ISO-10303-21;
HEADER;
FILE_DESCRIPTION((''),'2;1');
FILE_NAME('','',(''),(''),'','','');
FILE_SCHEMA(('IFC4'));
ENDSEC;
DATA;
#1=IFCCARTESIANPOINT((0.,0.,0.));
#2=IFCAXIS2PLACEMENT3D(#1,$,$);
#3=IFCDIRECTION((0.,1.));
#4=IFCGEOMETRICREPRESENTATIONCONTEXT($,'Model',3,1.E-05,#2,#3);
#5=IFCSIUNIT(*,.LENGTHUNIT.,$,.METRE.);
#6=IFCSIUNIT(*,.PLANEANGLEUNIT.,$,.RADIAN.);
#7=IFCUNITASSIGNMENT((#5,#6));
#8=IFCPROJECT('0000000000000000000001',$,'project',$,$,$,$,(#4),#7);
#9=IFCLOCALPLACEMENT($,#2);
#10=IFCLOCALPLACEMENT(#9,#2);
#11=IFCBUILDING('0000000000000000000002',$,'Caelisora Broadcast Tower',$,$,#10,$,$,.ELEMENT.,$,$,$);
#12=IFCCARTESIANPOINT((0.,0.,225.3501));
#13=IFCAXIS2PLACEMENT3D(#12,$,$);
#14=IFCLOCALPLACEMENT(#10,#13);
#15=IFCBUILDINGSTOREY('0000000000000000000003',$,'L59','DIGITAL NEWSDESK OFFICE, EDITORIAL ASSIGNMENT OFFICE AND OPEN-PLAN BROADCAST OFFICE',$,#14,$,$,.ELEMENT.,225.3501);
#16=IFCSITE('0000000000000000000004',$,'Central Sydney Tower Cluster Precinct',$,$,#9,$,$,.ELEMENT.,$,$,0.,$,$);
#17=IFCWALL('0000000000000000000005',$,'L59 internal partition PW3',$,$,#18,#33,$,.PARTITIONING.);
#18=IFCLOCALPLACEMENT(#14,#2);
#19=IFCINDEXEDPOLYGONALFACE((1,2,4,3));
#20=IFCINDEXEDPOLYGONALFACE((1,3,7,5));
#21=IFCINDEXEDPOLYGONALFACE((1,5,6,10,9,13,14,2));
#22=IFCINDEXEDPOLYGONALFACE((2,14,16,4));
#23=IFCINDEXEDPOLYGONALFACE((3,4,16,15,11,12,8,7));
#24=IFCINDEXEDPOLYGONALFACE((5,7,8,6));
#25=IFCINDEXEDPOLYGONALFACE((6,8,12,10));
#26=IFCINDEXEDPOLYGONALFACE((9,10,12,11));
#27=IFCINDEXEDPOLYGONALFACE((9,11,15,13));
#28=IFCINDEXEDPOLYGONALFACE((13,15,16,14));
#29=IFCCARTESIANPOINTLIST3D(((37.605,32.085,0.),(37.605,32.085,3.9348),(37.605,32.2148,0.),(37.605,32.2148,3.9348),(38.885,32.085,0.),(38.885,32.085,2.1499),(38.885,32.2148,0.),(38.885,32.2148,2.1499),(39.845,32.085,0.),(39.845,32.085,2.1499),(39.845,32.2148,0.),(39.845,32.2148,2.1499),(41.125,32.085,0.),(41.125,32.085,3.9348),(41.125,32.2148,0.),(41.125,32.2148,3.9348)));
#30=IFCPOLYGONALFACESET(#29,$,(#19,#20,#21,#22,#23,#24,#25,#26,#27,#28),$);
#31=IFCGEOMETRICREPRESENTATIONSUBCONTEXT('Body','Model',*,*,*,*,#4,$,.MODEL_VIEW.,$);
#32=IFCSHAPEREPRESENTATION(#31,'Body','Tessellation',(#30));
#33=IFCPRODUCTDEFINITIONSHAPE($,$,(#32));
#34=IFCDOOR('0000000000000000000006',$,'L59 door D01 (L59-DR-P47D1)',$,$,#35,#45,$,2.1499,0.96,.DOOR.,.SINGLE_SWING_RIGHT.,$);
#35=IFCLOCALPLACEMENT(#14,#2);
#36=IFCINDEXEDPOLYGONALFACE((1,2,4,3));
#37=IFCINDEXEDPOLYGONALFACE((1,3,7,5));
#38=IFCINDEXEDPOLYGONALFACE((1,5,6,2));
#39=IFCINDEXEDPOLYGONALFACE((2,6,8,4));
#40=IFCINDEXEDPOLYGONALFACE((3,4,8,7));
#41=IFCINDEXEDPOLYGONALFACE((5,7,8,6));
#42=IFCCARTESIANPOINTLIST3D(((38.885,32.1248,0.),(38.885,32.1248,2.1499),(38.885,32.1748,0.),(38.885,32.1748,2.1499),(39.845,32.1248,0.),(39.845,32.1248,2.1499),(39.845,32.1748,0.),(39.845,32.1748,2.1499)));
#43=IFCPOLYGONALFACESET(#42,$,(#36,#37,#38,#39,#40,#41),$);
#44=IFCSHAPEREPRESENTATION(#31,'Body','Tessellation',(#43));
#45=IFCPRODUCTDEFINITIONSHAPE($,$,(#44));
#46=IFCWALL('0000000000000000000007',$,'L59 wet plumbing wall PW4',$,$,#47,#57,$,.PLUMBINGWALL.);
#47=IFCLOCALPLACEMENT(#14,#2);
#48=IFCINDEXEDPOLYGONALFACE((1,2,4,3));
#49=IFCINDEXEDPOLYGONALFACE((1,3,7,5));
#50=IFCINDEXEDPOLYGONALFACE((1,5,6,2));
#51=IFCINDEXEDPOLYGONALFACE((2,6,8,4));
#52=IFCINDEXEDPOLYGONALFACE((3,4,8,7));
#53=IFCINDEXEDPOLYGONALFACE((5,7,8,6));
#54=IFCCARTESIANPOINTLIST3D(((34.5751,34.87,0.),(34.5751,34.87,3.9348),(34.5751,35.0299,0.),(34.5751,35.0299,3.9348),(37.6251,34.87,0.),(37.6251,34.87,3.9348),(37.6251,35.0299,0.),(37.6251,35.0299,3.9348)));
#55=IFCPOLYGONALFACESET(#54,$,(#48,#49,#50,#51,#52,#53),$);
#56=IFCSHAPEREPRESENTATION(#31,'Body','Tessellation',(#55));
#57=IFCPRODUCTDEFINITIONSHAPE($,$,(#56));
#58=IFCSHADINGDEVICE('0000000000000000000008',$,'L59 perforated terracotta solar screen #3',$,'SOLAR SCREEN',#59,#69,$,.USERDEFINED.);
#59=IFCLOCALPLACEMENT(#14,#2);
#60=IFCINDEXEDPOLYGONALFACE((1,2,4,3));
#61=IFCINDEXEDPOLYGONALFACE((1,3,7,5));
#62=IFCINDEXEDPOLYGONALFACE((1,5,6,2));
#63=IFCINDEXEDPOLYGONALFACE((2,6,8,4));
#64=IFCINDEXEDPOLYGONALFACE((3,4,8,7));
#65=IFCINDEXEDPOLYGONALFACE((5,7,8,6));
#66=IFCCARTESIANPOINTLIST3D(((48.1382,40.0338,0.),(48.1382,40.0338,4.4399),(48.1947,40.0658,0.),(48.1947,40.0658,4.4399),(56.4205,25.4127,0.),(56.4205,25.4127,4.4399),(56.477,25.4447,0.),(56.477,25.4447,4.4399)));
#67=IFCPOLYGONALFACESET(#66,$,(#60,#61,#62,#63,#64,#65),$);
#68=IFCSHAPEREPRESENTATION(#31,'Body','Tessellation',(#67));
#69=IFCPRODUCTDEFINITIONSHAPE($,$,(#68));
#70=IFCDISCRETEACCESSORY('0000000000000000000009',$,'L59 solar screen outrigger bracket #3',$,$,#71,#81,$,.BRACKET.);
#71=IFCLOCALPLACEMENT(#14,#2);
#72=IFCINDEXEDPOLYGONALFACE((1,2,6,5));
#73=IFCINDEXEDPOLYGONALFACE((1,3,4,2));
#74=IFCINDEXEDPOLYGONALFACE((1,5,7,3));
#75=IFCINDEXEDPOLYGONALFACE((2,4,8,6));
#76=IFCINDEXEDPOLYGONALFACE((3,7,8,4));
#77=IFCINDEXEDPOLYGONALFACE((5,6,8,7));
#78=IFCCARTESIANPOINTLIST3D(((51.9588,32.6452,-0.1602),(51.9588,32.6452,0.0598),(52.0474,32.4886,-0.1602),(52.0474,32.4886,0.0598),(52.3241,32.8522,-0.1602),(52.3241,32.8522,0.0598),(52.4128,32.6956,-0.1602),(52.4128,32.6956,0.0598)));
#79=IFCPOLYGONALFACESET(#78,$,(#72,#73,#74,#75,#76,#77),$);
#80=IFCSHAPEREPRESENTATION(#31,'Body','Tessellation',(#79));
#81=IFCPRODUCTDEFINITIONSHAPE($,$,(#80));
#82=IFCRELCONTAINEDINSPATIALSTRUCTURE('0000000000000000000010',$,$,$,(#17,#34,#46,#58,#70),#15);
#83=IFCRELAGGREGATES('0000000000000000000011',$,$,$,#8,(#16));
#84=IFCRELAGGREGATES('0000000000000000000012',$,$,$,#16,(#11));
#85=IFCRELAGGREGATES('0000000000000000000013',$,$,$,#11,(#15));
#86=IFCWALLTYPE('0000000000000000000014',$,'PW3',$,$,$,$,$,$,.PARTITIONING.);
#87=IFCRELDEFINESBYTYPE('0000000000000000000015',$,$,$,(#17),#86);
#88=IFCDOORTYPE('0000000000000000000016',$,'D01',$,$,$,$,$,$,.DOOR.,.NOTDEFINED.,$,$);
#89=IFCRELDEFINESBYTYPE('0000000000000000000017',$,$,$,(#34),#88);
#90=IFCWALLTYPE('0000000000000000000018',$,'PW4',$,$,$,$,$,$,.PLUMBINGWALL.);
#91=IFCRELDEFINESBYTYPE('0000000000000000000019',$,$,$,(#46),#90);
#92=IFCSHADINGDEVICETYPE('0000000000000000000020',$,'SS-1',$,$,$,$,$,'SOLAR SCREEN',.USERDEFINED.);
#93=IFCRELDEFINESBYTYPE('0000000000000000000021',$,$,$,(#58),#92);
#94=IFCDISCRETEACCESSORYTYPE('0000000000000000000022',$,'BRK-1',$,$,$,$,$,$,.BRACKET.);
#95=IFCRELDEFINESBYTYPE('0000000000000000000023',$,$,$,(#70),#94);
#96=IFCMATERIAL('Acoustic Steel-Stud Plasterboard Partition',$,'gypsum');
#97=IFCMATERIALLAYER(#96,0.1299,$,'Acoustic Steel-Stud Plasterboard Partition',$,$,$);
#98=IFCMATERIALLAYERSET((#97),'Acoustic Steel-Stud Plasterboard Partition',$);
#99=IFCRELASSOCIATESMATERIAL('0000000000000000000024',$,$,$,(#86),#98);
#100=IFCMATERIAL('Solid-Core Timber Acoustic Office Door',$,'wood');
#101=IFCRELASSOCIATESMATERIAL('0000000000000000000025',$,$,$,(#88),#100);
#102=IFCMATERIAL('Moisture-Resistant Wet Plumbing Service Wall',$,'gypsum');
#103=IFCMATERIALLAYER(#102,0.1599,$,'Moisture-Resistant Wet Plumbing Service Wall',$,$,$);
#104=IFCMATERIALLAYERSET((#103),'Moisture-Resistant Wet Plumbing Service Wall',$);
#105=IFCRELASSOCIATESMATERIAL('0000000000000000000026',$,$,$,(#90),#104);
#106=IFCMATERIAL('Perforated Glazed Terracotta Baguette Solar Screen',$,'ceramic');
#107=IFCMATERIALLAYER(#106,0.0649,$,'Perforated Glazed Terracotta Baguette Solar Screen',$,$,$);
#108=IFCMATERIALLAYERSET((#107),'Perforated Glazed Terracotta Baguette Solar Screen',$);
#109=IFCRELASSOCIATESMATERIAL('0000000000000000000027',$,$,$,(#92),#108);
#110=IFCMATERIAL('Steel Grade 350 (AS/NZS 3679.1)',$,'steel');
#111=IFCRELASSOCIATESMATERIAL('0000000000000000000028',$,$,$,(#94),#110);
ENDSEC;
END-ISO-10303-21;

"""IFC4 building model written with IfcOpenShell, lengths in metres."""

from ifc_helpers import new_model, si_unit, direction, frame, frame_2d, origin, origin_2d, place, context, subcontext, project, spatial, rectangle, extrude, source, transform, mapped, material, layer, layer_set, type_object, type_shapes, element, fill, save


model = new_model("IFC4")

# Units and contexts
model_context = context("Model", 3, precision=1e-05, world=origin(), true_north=direction((0.0, 1.0)))
body_context = subcontext(model_context, "Body", "Model", "MODEL_VIEW")
ifc_project = project(units=[si_unit("LENGTHUNIT", "METRE"), si_unit("PLANEANGLEUNIT", "RADIAN")], contexts=[model_context])

# Site, building, storey
site_placement = place(None, origin())
site = spatial("IfcSite", under=ifc_project, at=site_placement, Name="Central Sydney Tower Cluster Precinct", CompositionType="ELEMENT", RefElevation=0.0)
building_placement = place(site_placement, origin())
building = spatial("IfcBuilding", under=site, at=building_placement, Name="Caelisora Broadcast Tower", CompositionType="ELEMENT")
storey_placement = place(building_placement, frame((0.0, 0.0, 225.3501)))
storey = spatial("IfcBuildingStorey", under=building, at=storey_placement, Name="L59", Description="DIGITAL NEWSDESK OFFICE, EDITORIAL ASSIGNMENT OFFICE AND OPEN-PLAN BROADCAST OFFICE", CompositionType="ELEMENT", Elevation=225.3501)

# Shared definitions
ifc_material_1 = material(Name="Acoustic Steel-Stud Plasterboard Partition", Category="gypsum")
ifc_layer_1 = layer(ifc_material_1, 0.1299, Name="Acoustic Steel-Stud Plasterboard Partition")
ifc_layer_set_1 = layer_set([ifc_layer_1], Name="Acoustic Steel-Stud Plasterboard Partition")
wall_type_1 = type_object("IfcWallType", Name="PW3", PredefinedType="PARTITIONING", material=ifc_layer_set_1)

# Wall, opening, door
ifc_material_2 = material(Name="Solid-Core Timber Acoustic Office Door", Category="wood")
door_type = type_object("IfcDoorType", Name="D01", OperationType="NOTDEFINED", PredefinedType="DOOR", material=ifc_material_2)
wall_1_placement = place(storey_placement, frame((37.605, 32.1499, 0.0), z_axis=(0.0, 0.0, 1.0), x_axis=(1.0, 0.0, 0.0)))
wall_1 = element("IfcWall", 1, at=wall_1_placement, inside=storey, type_object=wall_type_1, Name="L59 internal partition PW3", PredefinedType="PARTITIONING", context=body_context, shape_type="SweptSolid", body=[
    extrude(rectangle(XDim=3.52, YDim=0.1299, at=frame_2d((1.76, 0.0))), origin(), (0.0, 0.0, 1.0), 3.9348),
])
opening_1_placement = place(wall_1_placement, frame((1.28, 0.0, 0.0)))
opening_1 = element("IfcOpeningElement", 2, at=opening_1_placement, cuts=wall_1, PredefinedType="OPENING", context=body_context, shape_type="SweptSolid", body=[
    extrude(rectangle(XDim=0.96, YDim=2.1499, at=frame_2d((0.48, 1.075))), frame((0.0, 0.0769, 0.0), z_axis=(0.0, -1.0, 0.0), x_axis=(1.0, 0.0, 0.0)), (0.0, 0.0, 1.0), 0.1538),
])
door_1_placement = place(opening_1_placement, origin())
door_1 = element("IfcDoor", 3, at=door_1_placement, inside=storey, type_object=door_type, Name="L59 door D01 (L59-DR-P47D1)", OperationType="SINGLE_SWING_RIGHT", OverallHeight=2.1499, OverallWidth=0.96, PredefinedType="DOOR", context=body_context, shape_type="SweptSolid", body=[
    extrude(rectangle(XDim=0.96, YDim=2.1499, at=frame_2d((0.48, 1.075))), frame((0.0, 0.0249, 0.0), z_axis=(0.0, -1.0, 0.0), x_axis=(1.0, 0.0, 0.0)), (0.0, 0.0, 1.0), 0.05),
])
fill(opening_1, door_1)

# Wall
ifc_material_3 = material(Name="Moisture-Resistant Wet Plumbing Service Wall", Category="gypsum")
ifc_layer_2 = layer(ifc_material_3, 0.1599, Name="Moisture-Resistant Wet Plumbing Service Wall")
ifc_layer_set_2 = layer_set([ifc_layer_2], Name="Moisture-Resistant Wet Plumbing Service Wall")
wall_type_2 = type_object("IfcWallType", Name="PW4", PredefinedType="PLUMBINGWALL", material=ifc_layer_set_2)
wall_2_placement = place(storey_placement, frame((37.625, 34.95, 0.0), z_axis=(0.0, 0.0, 1.0), x_axis=(-1.0, 0.0, 0.0)))
element("IfcWall", 4, at=wall_2_placement, inside=storey, type_object=wall_type_2, Name="L59 wet plumbing wall PW4", PredefinedType="PLUMBINGWALL", context=body_context, shape_type="SweptSolid", body=[
    extrude(rectangle(XDim=3.05, YDim=0.1599, at=frame_2d((1.5249, 0.0))), origin(), (0.0, 0.0, 1.0), 3.9348),
])

# Shading device
ifc_material_4 = material(Name="Perforated Glazed Terracotta Baguette Solar Screen", Category="ceramic")
ifc_layer_3 = layer(ifc_material_4, 0.0649, Name="Perforated Glazed Terracotta Baguette Solar Screen")
ifc_layer_set_3 = layer_set([ifc_layer_3], Name="Perforated Glazed Terracotta Baguette Solar Screen")
shading_device_type = type_object("IfcShadingDeviceType", Name="SS-1", ElementType="SOLAR SCREEN", PredefinedType="USERDEFINED", material=ifc_layer_set_3)
shared_shape_1 = source(origin(), body_context, "Body", "SweptSolid", [
    extrude(rectangle(XDim=16.804, YDim=0.0649, at=origin_2d()), origin(), (0.0, 0.0, 1.0), 4.4399),
])
type_shapes(shading_device_type, [shared_shape_1])
shading_device_placement = place(storey_placement, frame((52.3076, 32.7393, 0.0), z_axis=(0.0, 0.0, 1.0), x_axis=(-0.492879, 0.870098, 0.0)))
element("IfcShadingDevice", 5, at=shading_device_placement, inside=storey, type_object=shading_device_type, Name="L59 perforated terracotta solar screen #3", ObjectType="SOLAR SCREEN", PredefinedType="USERDEFINED", context=body_context, shape_type="MappedRepresentation", body=[
    mapped(shared_shape_1, transform((0.0, 0.0, 0.0), scale=1.0)),
])

# Discrete accessory
ifc_material_5 = material(Name="Steel Grade 350 (AS/NZS 3679.1)", Category="steel")
discrete_accessory_type = type_object("IfcDiscreteAccessoryType", Name="BRK-1", PredefinedType="BRACKET", material=ifc_material_5)
shared_shape_2 = source(origin(), body_context, "Body", "SweptSolid", [
    extrude(rectangle(XDim=0.1799, YDim=0.4199, at=origin_2d()), origin(), (0.0, 0.0, 1.0), 0.22),
])
type_shapes(discrete_accessory_type, [shared_shape_2])
discrete_accessory_placement = place(storey_placement, frame((52.1858, 32.6704, -0.1602), z_axis=(0.0, 0.0, 1.0), x_axis=(-0.492879, 0.870098, 0.0)))
element("IfcDiscreteAccessory", 6, at=discrete_accessory_placement, inside=storey, type_object=discrete_accessory_type, Name="L59 solar screen outrigger bracket #3", PredefinedType="BRACKET", context=body_context, shape_type="MappedRepresentation", body=[
    mapped(shared_shape_2, transform((0.0, 0.0, 0.0), scale=1.0)),
])

save(model, "model.ifc")
